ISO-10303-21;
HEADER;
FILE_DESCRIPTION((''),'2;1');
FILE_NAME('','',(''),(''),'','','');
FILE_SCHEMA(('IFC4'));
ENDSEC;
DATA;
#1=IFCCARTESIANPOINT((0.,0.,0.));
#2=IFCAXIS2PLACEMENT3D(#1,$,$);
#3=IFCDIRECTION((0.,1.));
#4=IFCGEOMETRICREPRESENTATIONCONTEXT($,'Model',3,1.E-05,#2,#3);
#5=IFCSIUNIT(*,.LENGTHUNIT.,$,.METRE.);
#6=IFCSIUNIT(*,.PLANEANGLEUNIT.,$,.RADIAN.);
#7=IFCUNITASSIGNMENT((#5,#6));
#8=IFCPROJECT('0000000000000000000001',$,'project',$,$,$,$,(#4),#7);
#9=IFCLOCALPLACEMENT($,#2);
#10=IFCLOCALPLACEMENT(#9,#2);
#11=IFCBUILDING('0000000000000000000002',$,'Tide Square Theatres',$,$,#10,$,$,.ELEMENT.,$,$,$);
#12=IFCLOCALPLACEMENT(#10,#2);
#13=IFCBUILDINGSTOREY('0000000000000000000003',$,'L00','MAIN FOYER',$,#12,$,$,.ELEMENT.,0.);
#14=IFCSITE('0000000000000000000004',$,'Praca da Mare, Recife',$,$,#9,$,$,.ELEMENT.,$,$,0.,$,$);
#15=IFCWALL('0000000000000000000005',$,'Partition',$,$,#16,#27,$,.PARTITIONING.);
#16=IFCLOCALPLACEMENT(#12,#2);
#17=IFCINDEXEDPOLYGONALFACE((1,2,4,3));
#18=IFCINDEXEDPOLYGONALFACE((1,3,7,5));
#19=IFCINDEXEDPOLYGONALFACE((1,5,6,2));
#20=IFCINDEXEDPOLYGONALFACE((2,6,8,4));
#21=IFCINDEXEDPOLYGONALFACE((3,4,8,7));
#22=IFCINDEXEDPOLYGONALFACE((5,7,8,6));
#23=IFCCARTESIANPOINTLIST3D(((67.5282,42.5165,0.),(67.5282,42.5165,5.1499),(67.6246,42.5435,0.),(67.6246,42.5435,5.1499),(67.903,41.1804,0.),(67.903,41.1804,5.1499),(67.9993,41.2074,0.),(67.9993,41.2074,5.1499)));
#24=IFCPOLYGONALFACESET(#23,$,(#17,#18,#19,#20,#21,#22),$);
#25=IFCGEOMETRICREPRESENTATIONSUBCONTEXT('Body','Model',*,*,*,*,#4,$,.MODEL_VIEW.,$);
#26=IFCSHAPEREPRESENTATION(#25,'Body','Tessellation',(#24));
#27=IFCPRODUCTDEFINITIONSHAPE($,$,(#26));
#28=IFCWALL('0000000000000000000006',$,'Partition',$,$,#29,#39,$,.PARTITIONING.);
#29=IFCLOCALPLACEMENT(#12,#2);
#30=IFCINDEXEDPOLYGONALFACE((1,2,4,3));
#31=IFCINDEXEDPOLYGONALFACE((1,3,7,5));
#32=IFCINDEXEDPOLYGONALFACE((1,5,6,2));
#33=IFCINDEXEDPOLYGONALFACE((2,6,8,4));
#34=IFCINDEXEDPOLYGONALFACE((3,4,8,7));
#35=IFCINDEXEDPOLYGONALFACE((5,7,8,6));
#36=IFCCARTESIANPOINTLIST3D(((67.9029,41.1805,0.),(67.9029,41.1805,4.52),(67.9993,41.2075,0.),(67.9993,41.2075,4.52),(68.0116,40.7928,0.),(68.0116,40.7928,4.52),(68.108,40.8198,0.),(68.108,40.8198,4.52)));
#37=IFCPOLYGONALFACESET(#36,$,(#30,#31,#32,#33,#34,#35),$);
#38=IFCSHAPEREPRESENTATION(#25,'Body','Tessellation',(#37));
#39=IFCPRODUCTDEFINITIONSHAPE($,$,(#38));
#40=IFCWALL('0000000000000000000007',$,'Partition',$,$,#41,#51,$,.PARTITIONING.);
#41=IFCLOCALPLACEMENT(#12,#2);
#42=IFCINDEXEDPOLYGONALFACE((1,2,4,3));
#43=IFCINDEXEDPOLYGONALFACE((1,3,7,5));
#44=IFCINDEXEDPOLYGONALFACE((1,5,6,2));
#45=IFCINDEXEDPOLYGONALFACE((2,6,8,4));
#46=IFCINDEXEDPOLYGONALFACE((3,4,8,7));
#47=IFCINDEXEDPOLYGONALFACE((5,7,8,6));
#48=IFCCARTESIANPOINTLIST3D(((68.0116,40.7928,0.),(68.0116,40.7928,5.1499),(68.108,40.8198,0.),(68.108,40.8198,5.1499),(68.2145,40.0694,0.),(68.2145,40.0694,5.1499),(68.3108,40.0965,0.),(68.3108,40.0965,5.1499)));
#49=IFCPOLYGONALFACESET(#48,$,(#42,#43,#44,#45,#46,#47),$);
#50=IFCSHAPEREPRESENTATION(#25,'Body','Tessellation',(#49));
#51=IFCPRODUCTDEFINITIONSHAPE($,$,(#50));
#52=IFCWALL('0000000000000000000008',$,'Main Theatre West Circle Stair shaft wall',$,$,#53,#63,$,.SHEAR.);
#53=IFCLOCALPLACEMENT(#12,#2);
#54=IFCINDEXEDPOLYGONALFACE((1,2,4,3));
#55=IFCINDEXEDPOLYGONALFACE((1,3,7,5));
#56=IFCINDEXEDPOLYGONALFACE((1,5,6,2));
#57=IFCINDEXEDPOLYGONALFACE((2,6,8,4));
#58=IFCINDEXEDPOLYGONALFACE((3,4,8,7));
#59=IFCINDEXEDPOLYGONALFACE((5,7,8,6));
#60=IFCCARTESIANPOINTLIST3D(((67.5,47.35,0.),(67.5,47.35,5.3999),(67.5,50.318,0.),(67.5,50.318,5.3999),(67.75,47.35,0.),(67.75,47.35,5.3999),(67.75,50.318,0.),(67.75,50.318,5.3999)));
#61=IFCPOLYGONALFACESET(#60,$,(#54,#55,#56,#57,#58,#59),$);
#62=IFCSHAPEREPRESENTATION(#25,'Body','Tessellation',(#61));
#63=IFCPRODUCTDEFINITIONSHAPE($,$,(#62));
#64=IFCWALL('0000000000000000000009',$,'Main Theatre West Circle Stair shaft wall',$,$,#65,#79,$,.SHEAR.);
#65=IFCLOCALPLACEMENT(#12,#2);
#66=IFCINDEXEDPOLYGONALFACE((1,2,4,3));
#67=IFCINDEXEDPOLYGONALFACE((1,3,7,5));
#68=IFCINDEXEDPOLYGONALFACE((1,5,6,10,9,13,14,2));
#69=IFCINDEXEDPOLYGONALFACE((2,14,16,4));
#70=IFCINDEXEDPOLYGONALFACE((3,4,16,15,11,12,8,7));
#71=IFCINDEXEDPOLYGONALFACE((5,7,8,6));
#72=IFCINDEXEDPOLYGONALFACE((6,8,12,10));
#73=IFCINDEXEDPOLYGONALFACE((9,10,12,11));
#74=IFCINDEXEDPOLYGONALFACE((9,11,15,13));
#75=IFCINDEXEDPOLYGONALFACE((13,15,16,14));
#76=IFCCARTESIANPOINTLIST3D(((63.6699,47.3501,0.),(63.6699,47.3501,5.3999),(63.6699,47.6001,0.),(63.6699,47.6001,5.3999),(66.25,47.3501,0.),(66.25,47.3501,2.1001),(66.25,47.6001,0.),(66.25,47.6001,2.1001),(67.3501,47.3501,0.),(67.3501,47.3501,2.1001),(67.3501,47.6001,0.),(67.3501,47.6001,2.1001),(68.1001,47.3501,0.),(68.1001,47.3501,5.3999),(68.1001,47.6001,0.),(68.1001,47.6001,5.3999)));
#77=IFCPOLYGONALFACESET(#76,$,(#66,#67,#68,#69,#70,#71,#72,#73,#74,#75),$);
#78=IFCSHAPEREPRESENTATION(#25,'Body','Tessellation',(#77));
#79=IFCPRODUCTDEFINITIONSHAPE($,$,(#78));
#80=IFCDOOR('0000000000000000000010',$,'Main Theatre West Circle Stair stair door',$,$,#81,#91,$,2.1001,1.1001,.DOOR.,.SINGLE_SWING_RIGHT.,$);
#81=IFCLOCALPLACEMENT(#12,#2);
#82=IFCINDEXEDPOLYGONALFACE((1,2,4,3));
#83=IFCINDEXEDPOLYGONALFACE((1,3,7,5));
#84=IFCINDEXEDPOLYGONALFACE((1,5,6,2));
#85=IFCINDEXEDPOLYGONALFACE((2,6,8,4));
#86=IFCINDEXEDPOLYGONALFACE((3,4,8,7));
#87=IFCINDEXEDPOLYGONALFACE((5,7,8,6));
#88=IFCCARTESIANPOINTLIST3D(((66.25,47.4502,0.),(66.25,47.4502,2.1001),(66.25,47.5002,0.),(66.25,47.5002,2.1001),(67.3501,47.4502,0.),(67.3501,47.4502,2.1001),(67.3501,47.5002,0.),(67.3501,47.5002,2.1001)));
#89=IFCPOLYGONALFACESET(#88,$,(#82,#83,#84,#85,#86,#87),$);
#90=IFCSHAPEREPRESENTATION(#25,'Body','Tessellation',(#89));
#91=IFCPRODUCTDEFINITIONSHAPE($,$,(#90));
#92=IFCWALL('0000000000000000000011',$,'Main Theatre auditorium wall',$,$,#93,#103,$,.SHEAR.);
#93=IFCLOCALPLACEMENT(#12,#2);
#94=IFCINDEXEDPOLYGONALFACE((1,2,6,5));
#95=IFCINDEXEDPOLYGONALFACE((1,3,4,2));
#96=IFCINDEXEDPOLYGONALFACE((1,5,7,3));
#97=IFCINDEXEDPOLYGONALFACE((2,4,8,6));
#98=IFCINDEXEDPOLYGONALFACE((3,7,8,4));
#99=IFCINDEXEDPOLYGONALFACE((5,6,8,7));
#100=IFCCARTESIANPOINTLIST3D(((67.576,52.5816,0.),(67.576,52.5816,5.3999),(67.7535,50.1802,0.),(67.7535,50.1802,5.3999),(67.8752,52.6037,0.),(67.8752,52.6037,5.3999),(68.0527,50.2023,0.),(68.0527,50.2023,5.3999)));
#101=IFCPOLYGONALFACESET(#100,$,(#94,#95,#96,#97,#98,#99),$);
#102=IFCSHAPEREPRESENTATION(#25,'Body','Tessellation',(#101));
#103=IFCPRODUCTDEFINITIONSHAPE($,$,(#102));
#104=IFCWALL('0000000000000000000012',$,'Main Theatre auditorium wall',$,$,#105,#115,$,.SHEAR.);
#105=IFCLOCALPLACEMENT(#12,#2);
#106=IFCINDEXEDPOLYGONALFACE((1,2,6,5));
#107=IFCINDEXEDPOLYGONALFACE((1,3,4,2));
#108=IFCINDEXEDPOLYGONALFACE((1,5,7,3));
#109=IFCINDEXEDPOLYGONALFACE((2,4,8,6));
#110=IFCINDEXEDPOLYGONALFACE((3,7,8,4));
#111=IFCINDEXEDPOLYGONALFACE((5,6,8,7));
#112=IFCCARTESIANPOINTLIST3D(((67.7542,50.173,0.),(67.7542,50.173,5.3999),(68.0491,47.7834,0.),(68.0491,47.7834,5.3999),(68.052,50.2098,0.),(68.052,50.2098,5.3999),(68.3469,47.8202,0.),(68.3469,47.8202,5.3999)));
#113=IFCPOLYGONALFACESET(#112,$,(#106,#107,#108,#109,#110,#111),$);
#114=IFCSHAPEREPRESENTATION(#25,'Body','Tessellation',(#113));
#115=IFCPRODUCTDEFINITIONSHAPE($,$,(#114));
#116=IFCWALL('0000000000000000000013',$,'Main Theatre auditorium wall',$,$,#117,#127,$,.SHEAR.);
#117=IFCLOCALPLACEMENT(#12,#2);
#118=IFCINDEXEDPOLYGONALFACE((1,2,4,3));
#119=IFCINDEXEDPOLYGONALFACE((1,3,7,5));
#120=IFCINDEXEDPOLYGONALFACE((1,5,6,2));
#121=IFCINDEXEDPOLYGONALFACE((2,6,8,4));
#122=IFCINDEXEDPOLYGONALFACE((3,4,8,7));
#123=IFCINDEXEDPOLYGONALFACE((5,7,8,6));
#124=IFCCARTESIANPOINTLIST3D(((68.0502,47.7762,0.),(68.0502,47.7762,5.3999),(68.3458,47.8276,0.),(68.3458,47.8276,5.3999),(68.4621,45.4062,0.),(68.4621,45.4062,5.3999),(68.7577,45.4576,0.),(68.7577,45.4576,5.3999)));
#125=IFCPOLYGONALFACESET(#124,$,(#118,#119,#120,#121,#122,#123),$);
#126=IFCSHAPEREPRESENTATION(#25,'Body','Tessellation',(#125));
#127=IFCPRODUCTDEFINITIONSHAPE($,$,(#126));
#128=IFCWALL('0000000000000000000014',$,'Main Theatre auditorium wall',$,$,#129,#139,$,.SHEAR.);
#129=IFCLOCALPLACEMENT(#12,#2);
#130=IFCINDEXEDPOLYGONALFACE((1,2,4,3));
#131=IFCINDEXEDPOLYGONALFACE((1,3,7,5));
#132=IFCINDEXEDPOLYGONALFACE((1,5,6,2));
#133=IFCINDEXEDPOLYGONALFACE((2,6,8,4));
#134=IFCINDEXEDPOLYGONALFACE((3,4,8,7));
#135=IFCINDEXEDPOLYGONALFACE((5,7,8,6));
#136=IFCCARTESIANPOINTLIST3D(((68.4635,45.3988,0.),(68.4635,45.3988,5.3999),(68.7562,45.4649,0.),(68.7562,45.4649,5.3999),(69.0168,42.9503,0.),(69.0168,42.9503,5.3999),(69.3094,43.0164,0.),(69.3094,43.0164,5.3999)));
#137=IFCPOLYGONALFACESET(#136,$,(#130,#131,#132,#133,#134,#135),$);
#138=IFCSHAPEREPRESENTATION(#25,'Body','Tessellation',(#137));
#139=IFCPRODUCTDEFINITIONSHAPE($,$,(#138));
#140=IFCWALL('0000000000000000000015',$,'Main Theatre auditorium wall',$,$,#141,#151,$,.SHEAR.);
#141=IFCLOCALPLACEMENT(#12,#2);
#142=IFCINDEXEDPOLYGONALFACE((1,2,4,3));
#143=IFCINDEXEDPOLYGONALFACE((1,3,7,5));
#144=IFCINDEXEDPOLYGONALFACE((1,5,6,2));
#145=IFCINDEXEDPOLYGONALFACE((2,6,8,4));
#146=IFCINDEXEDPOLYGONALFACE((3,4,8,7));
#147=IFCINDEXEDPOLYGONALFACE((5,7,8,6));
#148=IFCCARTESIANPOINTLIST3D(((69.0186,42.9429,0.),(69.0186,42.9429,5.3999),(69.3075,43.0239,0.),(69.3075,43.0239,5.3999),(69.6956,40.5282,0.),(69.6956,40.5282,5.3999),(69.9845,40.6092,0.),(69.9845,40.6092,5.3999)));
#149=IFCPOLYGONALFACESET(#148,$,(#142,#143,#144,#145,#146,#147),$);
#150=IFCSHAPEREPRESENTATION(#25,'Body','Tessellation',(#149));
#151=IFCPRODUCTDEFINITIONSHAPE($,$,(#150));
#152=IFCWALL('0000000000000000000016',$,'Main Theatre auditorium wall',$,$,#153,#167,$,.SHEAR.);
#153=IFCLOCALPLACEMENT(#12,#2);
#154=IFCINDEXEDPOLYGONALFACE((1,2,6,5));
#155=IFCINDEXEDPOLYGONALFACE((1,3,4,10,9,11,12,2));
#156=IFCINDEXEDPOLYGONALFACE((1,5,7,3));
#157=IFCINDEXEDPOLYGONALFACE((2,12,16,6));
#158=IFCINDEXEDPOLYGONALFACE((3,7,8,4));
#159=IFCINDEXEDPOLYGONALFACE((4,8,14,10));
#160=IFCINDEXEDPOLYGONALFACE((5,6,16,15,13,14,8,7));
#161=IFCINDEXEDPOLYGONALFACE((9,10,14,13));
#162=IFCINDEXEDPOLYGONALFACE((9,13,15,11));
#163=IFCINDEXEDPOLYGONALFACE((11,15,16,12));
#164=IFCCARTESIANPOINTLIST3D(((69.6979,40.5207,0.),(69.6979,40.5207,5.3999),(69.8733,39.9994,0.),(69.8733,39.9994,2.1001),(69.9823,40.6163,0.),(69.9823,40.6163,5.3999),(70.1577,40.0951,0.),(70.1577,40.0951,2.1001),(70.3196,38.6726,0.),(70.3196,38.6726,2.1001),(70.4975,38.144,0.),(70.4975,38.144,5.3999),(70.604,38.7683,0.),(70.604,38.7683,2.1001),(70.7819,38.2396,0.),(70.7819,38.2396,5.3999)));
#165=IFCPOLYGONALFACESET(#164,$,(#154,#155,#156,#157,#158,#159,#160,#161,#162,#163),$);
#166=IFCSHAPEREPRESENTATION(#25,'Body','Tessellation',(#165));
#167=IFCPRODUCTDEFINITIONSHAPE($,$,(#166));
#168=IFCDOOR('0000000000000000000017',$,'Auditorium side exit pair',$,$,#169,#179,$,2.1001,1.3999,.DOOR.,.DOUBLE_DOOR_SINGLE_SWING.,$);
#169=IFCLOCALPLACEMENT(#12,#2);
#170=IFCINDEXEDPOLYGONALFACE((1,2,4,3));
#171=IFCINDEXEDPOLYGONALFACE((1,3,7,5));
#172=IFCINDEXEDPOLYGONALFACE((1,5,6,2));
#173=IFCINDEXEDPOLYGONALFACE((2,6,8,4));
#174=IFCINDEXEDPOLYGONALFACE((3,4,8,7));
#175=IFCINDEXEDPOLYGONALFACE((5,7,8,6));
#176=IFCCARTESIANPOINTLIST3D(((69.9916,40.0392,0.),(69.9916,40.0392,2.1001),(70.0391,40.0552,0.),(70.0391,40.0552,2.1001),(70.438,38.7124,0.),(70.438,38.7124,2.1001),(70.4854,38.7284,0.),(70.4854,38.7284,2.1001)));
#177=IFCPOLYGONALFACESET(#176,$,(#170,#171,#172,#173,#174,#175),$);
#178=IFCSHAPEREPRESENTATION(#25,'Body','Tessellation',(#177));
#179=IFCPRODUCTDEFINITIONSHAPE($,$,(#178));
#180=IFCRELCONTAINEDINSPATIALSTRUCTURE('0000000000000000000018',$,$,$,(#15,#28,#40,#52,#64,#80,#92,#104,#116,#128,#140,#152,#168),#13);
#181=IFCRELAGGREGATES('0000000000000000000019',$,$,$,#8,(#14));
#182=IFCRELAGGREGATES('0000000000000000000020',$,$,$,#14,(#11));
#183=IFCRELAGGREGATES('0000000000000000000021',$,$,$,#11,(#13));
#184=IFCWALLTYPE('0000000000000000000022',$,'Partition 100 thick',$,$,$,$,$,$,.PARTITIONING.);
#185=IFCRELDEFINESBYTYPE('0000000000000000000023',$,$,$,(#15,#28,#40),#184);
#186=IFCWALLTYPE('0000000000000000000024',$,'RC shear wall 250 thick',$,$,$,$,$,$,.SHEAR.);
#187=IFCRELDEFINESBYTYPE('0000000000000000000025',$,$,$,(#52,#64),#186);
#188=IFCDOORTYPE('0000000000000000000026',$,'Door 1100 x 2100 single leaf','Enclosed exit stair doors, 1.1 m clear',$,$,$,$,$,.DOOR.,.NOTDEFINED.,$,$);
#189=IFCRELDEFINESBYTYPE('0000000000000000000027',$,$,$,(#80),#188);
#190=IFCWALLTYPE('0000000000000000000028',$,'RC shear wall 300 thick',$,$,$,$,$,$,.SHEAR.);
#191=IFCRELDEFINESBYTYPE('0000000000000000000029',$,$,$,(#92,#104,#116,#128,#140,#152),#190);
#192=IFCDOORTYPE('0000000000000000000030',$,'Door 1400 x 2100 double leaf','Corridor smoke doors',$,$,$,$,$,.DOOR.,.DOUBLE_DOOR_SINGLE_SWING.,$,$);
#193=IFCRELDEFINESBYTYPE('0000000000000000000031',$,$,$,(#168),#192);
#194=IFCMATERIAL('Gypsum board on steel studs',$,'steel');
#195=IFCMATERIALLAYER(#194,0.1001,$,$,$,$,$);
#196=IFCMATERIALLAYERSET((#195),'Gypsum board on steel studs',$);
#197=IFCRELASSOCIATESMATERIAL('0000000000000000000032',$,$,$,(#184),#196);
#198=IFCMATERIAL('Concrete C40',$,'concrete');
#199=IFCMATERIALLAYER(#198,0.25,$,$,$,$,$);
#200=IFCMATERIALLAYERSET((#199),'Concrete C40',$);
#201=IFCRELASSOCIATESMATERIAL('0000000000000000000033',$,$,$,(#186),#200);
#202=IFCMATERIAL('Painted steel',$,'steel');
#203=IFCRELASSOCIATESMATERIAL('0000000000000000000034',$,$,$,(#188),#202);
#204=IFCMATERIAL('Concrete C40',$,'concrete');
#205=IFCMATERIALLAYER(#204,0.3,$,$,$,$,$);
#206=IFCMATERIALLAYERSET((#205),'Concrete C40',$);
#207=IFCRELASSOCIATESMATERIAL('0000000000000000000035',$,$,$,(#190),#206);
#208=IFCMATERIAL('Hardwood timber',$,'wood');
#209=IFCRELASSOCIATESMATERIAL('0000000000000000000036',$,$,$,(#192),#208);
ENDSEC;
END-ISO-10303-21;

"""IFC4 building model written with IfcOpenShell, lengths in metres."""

from ifc_helpers import new_model, si_unit, direction, frame, frame_2d, origin, place, context, subcontext, project, spatial, rectangle, extrude, material, layer, layer_set, type_object, element, fill, save


model = new_model("IFC4")

# Units and contexts
model_context = context("Model", 3, precision=1e-05, world=origin(), true_north=direction((0.0, 1.0)))
body_context = subcontext(model_context, "Body", "Model", "MODEL_VIEW")
ifc_project = project(units=[si_unit("LENGTHUNIT", "METRE"), si_unit("PLANEANGLEUNIT", "RADIAN")], contexts=[model_context])

# Site, building, storey
site_placement = place(None, origin())
site = spatial("IfcSite", under=ifc_project, at=site_placement, Name="Praca da Mare, Recife", CompositionType="ELEMENT", RefElevation=0.0)
building_placement = place(site_placement, origin())
building = spatial("IfcBuilding", under=site, at=building_placement, Name="Tide Square Theatres", CompositionType="ELEMENT")
storey_placement = place(building_placement, origin())
storey = spatial("IfcBuildingStorey", under=building, at=storey_placement, Name="L00", Description="MAIN FOYER", CompositionType="ELEMENT", Elevation=0.0)

# Walls
ifc_material_1 = material(Name="Gypsum board on steel studs", Category="steel")
ifc_layer_1 = layer(ifc_material_1, 0.1001)
ifc_layer_set_1 = layer_set([ifc_layer_1], Name="Gypsum board on steel studs")
wall_type_1 = type_object("IfcWallType", Name="Partition 100 thick", PredefinedType="PARTITIONING", material=ifc_layer_set_1)
wall_1_placement = place(storey_placement, frame((67.5764, 42.53, 0.0), z_axis=(0.0, 0.0, 1.0), x_axis=(0.270048, -0.962847, 0.0)))
element("IfcWall", 1, at=wall_1_placement, inside=storey, type_object=wall_type_1, Name="Partition", PredefinedType="PARTITIONING", context=body_context, shape_type="SweptSolid", body=[
    extrude(rectangle(XDim=1.3877, YDim=0.1001, at=frame_2d((0.6938, 0.0))), origin(), (0.0, 0.0, 1.0), 5.1499),
])
wall_2_placement = place(storey_placement, frame((67.9512, 41.1938, 0.0), z_axis=(0.0, 0.0, 1.0), x_axis=(0.269832, -0.962907, 0.0)))
element("IfcWall", 2, at=wall_2_placement, inside=storey, type_object=wall_type_1, Name="Partition", PredefinedType="PARTITIONING", context=body_context, shape_type="SweptSolid", body=[
    extrude(rectangle(XDim=0.4026, YDim=0.1001, at=frame_2d((0.2012, 0.0))), origin(), (0.0, 0.0, 1.0), 4.52),
])
wall_3_placement = place(storey_placement, frame((68.0598, 40.8062, 0.0), z_axis=(0.0, 0.0, 1.0), x_axis=(0.27004, -0.962849, 0.0)))
element("IfcWall", 3, at=wall_3_placement, inside=storey, type_object=wall_type_1, Name="Partition", PredefinedType="PARTITIONING", context=body_context, shape_type="SweptSolid", body=[
    extrude(rectangle(XDim=0.7512, YDim=0.1001, at=frame_2d((0.3755, 0.0))), origin(), (0.0, 0.0, 1.0), 5.1499),
])
ifc_material_2 = material(Name="Concrete C40", Category="concrete")
ifc_layer_2 = layer(ifc_material_2, 0.25)
ifc_layer_set_2 = layer_set([ifc_layer_2], Name="Concrete C40")
wall_type_2 = type_object("IfcWallType", Name="RC shear wall 250 thick", PredefinedType="SHEAR", material=ifc_layer_set_2)
wall_4_placement = place(storey_placement, frame((67.625, 47.3501, 0.0), z_axis=(0.0, 0.0, 1.0), x_axis=(0.0, 1.0, 0.0)))
element("IfcWall", 4, at=wall_4_placement, inside=storey, type_object=wall_type_2, Name="Main Theatre West Circle Stair shaft wall", PredefinedType="SHEAR", context=body_context, shape_type="SweptSolid", body=[
    extrude(rectangle(XDim=2.968, YDim=0.25, at=frame_2d((1.4839, 0.0))), origin(), (0.0, 0.0, 1.0), 5.3999),
])

# Wall, opening, door
wall_5_placement = place(storey_placement, frame((68.1001, 47.4751, 0.0), z_axis=(0.0, 0.0, 1.0), x_axis=(-1.0, 0.0, 0.0)))
wall_5 = element("IfcWall", 5, at=wall_5_placement, inside=storey, type_object=wall_type_2, Name="Main Theatre West Circle Stair shaft wall", PredefinedType="SHEAR", context=body_context, shape_type="SweptSolid", body=[
    extrude(rectangle(XDim=4.4302, YDim=0.25, at=frame_2d((2.2151, 0.0))), origin(), (0.0, 0.0, 1.0), 5.3999),
])
opening_1_placement = place(wall_5_placement, frame((0.75, 0.0, 0.0)))
opening_1 = element("IfcOpeningElement", 6, at=opening_1_placement, cuts=wall_5, PredefinedType="OPENING", context=body_context, shape_type="SweptSolid", body=[
    extrude(rectangle(XDim=1.1001, YDim=2.1001, at=frame_2d((0.55, 1.05))), frame((0.0, 0.135, 0.0), z_axis=(0.0, -1.0, 0.0), x_axis=(1.0, 0.0, 0.0)), (0.0, 0.0, 1.0), 0.27),
])
ifc_material_3 = material(Name="Painted steel", Category="steel")
door_type_1 = type_object("IfcDoorType", Name="Door 1100 x 2100 single leaf", Description="Enclosed exit stair doors, 1.1 m clear", OperationType="NOTDEFINED", PredefinedType="DOOR", material=ifc_material_3)
door_1_placement = place(opening_1_placement, origin())
door_1 = element("IfcDoor", 7, at=door_1_placement, inside=storey, type_object=door_type_1, Name="Main Theatre West Circle Stair stair door", OperationType="SINGLE_SWING_RIGHT", OverallHeight=2.1001, OverallWidth=1.1001, PredefinedType="DOOR", context=body_context, shape_type="SweptSolid", body=[
    extrude(rectangle(XDim=1.1001, YDim=2.1001, at=frame_2d((0.55, 1.05))), frame((0.0, 0.0249, 0.0), z_axis=(0.0, -1.0, 0.0), x_axis=(1.0, 0.0, 0.0)), (0.0, 0.0, 1.0), 0.05),
])
fill(opening_1, door_1)

# Walls
ifc_material_4 = material(Name="Concrete C40", Category="concrete")
ifc_layer_3 = layer(ifc_material_4, 0.3)
ifc_layer_set_3 = layer_set([ifc_layer_3], Name="Concrete C40")
wall_type_3 = type_object("IfcWallType", Name="RC shear wall 300 thick", PredefinedType="SHEAR", material=ifc_layer_set_3)
wall_6_placement = place(storey_placement, frame((67.7256, 52.5928, 0.0), z_axis=(0.0, 0.0, 1.0), x_axis=(0.073711, -0.99728, 0.0)))
element("IfcWall", 8, at=wall_6_placement, inside=storey, type_object=wall_type_3, Name="Main Theatre auditorium wall", PredefinedType="SHEAR", context=body_context, shape_type="SweptSolid", body=[
    extrude(rectangle(XDim=2.408, YDim=0.3, at=frame_2d((1.2041, 0.0))), origin(), (0.0, 0.0, 1.0), 5.3999),
])
wall_7_placement = place(storey_placement, frame((67.9031, 50.1914, 0.0), z_axis=(0.0, 0.0, 1.0), x_axis=(0.122487, -0.99247, 0.0)))
element("IfcWall", 9, at=wall_7_placement, inside=storey, type_object=wall_type_3, Name="Main Theatre auditorium wall", PredefinedType="SHEAR", context=body_context, shape_type="SweptSolid", body=[
    extrude(rectangle(XDim=2.4077, YDim=0.3, at=frame_2d((1.2039, 0.0))), origin(), (0.0, 0.0, 1.0), 5.3999),
])
wall_8_placement = place(storey_placement, frame((68.198, 47.8018, 0.0), z_axis=(0.0, 0.0, 1.0), x_axis=(0.171226, -0.985232, 0.0)))
element("IfcWall", 10, at=wall_8_placement, inside=storey, type_object=wall_type_3, Name="Main Theatre auditorium wall", PredefinedType="SHEAR", context=body_context, shape_type="SweptSolid", body=[
    extrude(rectangle(XDim=2.4055, YDim=0.3, at=frame_2d((1.2026, 0.0))), origin(), (0.0, 0.0, 1.0), 5.3999),
])
wall_9_placement = place(storey_placement, frame((68.6099, 45.4319, 0.0), z_axis=(0.0, 0.0, 1.0), x_axis=(0.220389, -0.975412, 0.0)))
element("IfcWall", 11, at=wall_9_placement, inside=storey, type_object=wall_type_3, Name="Main Theatre auditorium wall", PredefinedType="SHEAR", context=body_context, shape_type="SweptSolid", body=[
    extrude(rectangle(XDim=2.5103, YDim=0.3, at=frame_2d((1.2551, 0.0))), origin(), (0.0, 0.0, 1.0), 5.3999),
])
wall_10_placement = place(storey_placement, frame((69.1631, 42.9834, 0.0), z_axis=(0.0, 0.0, 1.0), x_axis=(0.269948, -0.962875, 0.0)))
element("IfcWall", 12, at=wall_10_placement, inside=storey, type_object=wall_type_3, Name="Main Theatre auditorium wall", PredefinedType="SHEAR", context=body_context, shape_type="SweptSolid", body=[
    extrude(rectangle(XDim=2.5078, YDim=0.3, at=frame_2d((1.2539, 0.0))), origin(), (0.0, 0.0, 1.0), 5.3999),
])

# Wall, opening, door
wall_11_placement = place(storey_placement, frame((69.8401, 40.5686, 0.0), z_axis=(0.0, 0.0, 1.0), x_axis=(0.318855, -0.947803, 0.0)))
wall_11 = element("IfcWall", 13, at=wall_11_placement, inside=storey, type_object=wall_type_3, Name="Main Theatre auditorium wall", PredefinedType="SHEAR", context=body_context, shape_type="SweptSolid", body=[
    extrude(rectangle(XDim=2.5076, YDim=0.3, at=frame_2d((1.2539, 0.0))), origin(), (0.0, 0.0, 1.0), 5.3999),
])
opening_2_placement = place(wall_11_placement, frame((0.55, 0.0, 0.0)))
opening_2 = element("IfcOpeningElement", 14, at=opening_2_placement, cuts=wall_11, PredefinedType="OPENING", context=body_context, shape_type="SweptSolid", body=[
    extrude(rectangle(XDim=1.3999, YDim=2.1001, at=frame_2d((0.7, 1.05))), frame((0.0, 0.1599, 0.0), z_axis=(0.0, -1.0, 0.0), x_axis=(1.0, 0.0, 0.0)), (0.0, 0.0, 1.0), 0.3201),
])
ifc_material_5 = material(Name="Hardwood timber", Category="wood")
door_type_2 = type_object("IfcDoorType", Name="Door 1400 x 2100 double leaf", Description="Corridor smoke doors", OperationType="DOUBLE_DOOR_SINGLE_SWING", PredefinedType="DOOR", material=ifc_material_5)
door_2_placement = place(opening_2_placement, origin())
door_2 = element("IfcDoor", 15, at=door_2_placement, inside=storey, type_object=door_type_2, Name="Auditorium side exit pair", OperationType="DOUBLE_DOOR_SINGLE_SWING", OverallHeight=2.1001, OverallWidth=1.3999, PredefinedType="DOOR", context=body_context, shape_type="SweptSolid", body=[
    extrude(rectangle(XDim=1.3999, YDim=2.1001, at=frame_2d((0.7, 1.05))), frame((0.0, 0.0249, 0.0), z_axis=(0.0, -1.0, 0.0), x_axis=(1.0, 0.0, 0.0)), (0.0, 0.0, 1.0), 0.05),
])
fill(opening_2, door_2)

save(model, "model.ifc")
